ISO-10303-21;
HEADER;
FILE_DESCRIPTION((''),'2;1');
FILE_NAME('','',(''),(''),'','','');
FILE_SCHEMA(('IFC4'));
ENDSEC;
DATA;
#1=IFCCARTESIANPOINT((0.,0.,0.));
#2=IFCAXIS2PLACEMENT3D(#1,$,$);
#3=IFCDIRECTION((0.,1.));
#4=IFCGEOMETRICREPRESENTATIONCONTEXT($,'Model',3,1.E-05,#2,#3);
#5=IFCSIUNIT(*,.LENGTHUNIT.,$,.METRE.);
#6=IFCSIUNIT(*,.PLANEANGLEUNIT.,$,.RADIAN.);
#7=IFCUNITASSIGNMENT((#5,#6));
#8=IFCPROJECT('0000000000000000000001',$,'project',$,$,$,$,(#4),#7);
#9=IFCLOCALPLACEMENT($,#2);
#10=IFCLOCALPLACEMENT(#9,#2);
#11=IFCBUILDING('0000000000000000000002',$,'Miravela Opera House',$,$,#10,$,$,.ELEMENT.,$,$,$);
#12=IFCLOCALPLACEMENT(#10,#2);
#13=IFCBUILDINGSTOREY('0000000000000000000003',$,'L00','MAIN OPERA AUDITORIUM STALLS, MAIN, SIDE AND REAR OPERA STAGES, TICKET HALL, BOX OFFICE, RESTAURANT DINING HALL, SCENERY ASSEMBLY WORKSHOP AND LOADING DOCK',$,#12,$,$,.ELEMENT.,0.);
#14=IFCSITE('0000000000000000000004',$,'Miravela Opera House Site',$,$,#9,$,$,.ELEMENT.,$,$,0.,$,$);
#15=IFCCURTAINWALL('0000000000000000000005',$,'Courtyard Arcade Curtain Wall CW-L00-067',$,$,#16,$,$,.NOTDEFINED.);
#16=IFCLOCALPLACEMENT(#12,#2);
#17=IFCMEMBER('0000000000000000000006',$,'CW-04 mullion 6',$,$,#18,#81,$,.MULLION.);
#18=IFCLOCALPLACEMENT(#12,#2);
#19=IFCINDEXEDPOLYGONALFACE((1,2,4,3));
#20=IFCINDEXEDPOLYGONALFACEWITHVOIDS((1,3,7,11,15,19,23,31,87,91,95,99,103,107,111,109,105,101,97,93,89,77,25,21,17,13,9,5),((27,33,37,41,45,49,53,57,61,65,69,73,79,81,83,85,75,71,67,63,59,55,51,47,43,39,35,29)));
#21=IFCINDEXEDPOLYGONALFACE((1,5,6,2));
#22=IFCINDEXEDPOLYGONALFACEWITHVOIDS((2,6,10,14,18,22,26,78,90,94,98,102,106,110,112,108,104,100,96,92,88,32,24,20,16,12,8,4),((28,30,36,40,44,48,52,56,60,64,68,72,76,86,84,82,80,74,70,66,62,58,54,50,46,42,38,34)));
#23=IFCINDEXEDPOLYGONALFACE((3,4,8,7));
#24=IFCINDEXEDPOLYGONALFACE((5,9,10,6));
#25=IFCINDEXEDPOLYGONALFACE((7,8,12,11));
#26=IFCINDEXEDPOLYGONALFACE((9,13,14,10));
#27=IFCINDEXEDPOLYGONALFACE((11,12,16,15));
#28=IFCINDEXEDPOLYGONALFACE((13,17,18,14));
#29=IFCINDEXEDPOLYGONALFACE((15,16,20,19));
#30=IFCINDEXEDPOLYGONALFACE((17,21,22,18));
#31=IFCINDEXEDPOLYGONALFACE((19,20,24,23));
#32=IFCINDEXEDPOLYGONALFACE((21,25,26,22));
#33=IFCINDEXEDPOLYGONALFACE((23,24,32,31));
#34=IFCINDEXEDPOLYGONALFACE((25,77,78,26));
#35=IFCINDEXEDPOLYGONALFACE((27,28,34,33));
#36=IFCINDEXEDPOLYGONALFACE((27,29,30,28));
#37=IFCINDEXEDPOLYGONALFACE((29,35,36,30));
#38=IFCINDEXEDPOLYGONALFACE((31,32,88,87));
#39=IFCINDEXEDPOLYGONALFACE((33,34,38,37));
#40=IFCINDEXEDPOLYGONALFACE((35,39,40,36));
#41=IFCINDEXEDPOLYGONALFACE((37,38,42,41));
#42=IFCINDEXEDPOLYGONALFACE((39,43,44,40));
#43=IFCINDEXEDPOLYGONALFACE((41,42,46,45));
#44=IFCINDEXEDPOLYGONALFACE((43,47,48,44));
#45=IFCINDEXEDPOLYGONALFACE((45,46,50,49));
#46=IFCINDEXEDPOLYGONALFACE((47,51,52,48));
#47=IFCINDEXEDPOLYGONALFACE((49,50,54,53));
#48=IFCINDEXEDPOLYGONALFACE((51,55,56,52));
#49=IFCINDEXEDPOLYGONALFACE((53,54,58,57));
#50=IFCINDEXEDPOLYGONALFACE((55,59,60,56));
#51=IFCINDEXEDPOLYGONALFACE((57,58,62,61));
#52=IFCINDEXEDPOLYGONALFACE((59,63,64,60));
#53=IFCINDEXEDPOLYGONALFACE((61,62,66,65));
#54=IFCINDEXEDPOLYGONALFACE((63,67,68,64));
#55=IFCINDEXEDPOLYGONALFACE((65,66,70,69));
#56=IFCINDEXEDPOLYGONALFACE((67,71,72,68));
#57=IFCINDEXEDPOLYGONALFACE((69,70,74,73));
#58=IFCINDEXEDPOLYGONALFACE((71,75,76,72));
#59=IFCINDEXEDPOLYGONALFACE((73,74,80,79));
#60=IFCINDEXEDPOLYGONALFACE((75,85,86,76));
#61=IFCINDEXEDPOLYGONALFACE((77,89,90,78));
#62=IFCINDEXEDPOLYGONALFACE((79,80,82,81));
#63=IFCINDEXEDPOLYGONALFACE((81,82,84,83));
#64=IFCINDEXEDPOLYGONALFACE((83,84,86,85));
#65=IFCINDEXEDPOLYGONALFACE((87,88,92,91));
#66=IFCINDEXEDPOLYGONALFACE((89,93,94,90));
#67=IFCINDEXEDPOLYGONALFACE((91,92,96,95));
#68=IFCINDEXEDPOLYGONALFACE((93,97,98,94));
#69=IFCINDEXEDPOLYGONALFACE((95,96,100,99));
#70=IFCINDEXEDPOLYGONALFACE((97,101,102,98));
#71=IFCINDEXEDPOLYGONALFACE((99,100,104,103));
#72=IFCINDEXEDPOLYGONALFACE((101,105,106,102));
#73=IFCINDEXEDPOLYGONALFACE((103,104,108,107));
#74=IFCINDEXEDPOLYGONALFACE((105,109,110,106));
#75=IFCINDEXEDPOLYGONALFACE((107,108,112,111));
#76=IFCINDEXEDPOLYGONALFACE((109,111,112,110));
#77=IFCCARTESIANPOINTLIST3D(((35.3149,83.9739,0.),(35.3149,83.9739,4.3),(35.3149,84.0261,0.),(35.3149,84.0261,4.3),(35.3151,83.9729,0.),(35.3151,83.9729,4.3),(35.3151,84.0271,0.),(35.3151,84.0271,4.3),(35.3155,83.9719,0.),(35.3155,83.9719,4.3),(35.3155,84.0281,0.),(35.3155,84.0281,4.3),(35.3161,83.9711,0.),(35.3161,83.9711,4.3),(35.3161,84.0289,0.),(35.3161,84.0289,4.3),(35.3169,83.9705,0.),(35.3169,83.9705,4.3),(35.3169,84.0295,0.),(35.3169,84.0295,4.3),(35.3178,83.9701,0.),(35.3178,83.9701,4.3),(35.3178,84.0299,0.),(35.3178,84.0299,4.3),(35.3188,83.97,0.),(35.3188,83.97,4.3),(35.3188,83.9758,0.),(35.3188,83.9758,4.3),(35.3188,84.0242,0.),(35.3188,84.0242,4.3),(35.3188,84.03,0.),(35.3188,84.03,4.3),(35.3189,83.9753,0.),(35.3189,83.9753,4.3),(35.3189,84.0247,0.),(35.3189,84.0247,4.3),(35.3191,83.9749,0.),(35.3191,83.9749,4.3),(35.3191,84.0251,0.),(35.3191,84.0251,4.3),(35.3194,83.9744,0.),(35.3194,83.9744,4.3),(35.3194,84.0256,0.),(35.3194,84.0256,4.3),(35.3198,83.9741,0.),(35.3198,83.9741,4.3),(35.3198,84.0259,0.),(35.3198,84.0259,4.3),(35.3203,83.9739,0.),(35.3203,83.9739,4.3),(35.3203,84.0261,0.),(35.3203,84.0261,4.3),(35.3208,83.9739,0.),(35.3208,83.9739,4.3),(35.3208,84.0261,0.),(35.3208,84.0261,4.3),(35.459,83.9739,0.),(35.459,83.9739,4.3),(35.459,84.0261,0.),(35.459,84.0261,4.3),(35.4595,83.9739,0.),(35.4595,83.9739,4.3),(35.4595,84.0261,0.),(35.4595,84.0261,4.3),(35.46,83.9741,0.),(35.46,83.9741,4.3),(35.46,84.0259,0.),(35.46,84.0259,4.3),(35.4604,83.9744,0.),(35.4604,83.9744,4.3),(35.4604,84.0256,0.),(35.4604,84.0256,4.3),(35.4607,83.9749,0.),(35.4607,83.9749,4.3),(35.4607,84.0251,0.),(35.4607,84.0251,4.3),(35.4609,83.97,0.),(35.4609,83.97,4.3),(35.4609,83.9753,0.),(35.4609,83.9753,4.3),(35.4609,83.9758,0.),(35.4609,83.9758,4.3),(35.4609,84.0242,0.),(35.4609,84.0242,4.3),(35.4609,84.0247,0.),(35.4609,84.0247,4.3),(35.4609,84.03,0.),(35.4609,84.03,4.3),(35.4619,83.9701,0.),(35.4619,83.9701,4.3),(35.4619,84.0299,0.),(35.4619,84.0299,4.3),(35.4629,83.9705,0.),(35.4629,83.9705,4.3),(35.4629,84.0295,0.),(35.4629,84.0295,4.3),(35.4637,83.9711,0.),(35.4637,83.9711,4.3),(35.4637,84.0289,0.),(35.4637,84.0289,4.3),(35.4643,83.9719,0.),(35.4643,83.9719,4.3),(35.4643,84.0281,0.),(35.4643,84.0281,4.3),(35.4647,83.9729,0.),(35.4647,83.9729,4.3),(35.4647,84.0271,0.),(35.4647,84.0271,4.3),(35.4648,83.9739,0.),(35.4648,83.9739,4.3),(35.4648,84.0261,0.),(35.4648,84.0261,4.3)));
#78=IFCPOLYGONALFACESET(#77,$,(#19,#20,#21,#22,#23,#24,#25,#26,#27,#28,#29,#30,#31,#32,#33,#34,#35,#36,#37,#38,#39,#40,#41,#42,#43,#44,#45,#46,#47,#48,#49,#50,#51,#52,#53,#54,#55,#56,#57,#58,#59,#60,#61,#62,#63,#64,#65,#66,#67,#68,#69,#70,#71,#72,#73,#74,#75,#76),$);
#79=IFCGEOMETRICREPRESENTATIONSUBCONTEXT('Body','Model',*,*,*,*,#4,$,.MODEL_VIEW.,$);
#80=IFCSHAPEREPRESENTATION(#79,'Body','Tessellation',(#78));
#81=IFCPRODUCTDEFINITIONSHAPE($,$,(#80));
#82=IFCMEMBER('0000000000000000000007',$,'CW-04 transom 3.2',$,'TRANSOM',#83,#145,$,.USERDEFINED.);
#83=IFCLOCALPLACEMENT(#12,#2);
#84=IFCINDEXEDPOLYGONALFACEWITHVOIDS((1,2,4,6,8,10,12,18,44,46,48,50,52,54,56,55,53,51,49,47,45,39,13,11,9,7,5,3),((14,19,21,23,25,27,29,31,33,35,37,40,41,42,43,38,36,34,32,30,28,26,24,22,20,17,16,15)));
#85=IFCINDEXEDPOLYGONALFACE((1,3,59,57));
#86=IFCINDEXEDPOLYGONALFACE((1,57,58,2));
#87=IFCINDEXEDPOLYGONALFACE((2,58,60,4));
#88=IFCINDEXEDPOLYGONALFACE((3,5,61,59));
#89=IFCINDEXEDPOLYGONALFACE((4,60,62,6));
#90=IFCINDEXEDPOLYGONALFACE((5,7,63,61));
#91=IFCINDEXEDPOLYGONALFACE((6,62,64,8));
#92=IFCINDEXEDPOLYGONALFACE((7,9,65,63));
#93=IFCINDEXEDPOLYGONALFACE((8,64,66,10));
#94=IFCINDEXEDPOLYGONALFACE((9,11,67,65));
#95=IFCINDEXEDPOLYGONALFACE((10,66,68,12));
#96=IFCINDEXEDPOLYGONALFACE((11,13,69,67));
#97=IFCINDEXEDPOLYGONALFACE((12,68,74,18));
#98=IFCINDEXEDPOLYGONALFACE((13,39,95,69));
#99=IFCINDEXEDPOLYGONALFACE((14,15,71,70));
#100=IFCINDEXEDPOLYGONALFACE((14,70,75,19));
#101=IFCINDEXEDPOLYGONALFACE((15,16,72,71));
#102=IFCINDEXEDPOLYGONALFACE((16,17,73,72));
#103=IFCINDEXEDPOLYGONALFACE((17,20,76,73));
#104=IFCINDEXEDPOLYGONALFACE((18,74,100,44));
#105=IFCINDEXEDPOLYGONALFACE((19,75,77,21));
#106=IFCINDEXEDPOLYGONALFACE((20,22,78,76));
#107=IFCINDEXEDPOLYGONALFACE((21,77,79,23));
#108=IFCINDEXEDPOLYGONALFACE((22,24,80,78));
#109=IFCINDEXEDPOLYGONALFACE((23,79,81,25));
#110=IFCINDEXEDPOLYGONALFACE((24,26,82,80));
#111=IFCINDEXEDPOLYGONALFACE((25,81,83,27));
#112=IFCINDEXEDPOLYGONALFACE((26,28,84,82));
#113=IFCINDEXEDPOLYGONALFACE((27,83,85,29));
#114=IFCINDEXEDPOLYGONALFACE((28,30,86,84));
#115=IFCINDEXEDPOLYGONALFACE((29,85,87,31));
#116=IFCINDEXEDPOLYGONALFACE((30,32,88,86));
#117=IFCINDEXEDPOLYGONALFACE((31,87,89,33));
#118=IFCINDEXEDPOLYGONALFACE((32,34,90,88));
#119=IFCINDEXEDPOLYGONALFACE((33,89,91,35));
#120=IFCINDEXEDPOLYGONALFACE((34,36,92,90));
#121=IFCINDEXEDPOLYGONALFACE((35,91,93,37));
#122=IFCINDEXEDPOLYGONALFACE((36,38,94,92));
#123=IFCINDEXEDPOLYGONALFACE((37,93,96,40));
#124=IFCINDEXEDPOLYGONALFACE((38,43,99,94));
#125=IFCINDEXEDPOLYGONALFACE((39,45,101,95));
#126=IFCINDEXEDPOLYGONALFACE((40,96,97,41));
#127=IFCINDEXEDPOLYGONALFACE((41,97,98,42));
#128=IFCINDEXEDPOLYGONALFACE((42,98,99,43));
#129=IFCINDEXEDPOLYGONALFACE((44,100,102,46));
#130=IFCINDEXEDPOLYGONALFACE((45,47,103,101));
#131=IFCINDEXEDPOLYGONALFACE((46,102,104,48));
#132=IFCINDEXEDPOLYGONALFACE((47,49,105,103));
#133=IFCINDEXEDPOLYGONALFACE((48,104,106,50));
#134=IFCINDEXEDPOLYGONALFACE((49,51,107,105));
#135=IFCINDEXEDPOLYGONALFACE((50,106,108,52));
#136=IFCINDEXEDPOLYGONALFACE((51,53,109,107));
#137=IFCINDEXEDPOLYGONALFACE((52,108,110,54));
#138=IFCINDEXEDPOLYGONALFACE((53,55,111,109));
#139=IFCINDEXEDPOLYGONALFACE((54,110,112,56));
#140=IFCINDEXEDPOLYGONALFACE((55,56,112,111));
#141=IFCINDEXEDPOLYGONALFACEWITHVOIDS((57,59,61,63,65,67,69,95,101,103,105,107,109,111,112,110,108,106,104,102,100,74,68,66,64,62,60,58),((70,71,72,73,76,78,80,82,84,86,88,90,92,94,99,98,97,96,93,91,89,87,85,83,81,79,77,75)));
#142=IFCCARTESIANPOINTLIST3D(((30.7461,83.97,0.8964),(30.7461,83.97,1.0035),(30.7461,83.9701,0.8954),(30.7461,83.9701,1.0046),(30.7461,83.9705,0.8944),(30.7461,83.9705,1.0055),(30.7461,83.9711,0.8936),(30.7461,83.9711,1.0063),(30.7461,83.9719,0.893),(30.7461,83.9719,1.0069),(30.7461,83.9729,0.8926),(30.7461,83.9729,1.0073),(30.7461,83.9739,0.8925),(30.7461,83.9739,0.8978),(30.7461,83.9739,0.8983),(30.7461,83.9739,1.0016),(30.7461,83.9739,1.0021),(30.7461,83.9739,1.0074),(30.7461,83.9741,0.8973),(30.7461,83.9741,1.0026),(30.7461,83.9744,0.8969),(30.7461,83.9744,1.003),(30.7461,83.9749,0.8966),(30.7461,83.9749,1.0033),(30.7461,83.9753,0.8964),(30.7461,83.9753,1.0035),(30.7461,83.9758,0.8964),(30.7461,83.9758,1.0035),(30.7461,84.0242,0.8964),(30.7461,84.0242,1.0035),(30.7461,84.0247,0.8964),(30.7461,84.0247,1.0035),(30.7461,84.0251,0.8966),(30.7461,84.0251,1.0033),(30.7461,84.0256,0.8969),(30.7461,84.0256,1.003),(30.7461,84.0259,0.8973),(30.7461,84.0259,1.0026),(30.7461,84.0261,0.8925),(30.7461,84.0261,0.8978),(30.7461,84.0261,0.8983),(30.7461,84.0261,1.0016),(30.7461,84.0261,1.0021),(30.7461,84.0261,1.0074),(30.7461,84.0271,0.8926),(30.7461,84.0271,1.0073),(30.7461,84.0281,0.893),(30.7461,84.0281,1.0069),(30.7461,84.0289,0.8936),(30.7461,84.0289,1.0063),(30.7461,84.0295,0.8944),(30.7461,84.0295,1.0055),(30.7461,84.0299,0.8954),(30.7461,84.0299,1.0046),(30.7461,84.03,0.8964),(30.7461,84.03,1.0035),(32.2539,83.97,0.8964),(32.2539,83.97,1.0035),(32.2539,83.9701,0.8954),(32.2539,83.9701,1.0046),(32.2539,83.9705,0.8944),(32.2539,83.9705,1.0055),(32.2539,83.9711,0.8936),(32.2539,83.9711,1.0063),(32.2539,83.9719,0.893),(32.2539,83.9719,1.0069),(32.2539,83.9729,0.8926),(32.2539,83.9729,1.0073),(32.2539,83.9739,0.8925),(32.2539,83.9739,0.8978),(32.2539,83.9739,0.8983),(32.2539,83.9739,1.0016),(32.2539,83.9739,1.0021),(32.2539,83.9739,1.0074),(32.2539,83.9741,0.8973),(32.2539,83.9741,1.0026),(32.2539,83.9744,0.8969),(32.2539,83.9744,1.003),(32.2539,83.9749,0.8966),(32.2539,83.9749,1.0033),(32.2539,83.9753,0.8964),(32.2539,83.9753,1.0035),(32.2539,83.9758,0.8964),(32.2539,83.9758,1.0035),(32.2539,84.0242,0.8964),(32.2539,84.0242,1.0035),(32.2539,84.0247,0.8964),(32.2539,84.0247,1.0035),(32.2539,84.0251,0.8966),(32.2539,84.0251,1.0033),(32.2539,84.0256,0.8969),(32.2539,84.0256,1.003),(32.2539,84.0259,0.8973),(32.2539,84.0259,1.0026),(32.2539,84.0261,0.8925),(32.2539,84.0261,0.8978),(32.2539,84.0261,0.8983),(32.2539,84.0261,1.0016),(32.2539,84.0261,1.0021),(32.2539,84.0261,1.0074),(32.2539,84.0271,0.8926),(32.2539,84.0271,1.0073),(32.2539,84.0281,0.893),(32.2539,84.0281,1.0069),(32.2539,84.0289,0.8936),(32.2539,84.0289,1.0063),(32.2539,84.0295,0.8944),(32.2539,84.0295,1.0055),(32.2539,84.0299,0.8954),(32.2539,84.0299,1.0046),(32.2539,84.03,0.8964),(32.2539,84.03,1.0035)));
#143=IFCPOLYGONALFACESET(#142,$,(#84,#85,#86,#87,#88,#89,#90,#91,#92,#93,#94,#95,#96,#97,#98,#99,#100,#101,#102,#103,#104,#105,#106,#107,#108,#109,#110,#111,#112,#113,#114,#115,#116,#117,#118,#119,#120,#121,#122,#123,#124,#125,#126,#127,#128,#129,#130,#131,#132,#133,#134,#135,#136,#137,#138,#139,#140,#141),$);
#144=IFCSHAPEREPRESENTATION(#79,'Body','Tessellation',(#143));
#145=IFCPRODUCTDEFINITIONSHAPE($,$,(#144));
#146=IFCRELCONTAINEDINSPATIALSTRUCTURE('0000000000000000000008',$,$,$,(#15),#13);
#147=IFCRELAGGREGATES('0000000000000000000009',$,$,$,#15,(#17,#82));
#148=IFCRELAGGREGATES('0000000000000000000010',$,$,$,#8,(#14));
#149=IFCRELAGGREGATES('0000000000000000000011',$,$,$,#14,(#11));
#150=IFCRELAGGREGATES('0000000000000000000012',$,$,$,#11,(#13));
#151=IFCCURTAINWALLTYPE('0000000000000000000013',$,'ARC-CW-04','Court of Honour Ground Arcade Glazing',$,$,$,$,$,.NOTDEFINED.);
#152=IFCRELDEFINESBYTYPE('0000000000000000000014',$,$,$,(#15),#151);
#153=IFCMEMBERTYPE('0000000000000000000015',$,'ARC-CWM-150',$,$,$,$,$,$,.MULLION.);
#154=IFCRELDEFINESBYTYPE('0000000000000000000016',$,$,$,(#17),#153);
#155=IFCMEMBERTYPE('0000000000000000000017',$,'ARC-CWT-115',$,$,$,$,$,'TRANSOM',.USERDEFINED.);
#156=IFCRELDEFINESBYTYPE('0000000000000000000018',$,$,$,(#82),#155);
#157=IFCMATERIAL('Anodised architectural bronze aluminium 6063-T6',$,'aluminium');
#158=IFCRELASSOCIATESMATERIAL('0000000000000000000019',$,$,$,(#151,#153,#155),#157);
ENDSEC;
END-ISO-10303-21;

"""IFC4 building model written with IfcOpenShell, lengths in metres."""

from ifc_helpers import new_model, si_unit, direction, frame, origin, origin_2d, place, context, subcontext, project, spatial, hollow_rectangle, extrude, material, material_profile, profile_set, type_object, element, aggregate, save


model = new_model("IFC4")

# Units and contexts
model_context = context("Model", 3, precision=1e-05, world=origin(), true_north=direction((0.0, 1.0)))
body_context = subcontext(model_context, "Body", "Model", "MODEL_VIEW")
ifc_project = project(units=[si_unit("LENGTHUNIT", "METRE"), si_unit("PLANEANGLEUNIT", "RADIAN")], contexts=[model_context])

# Site, building, storey
site_placement = place(None, origin())
site = spatial("IfcSite", under=ifc_project, at=site_placement, Name="Miravela Opera House Site", CompositionType="ELEMENT", RefElevation=0.0)
building_placement = place(site_placement, origin())
building = spatial("IfcBuilding", under=site, at=building_placement, Name="Miravela Opera House", CompositionType="ELEMENT")
storey_placement = place(building_placement, origin())
storey = spatial("IfcBuildingStorey", under=building, at=storey_placement, Name="L00", Description="MAIN OPERA AUDITORIUM STALLS, MAIN, SIDE AND REAR OPERA STAGES, TICKET HALL, BOX OFFICE, RESTAURANT DINING HALL, SCENERY ASSEMBLY WORKSHOP AND LOADING DOCK", CompositionType="ELEMENT", Elevation=0.0)

# Curtain wall, members
ifc_material_1 = material(Name="Anodised architectural bronze aluminium 6063-T6", Category="aluminium")
curtain_wall_type = type_object("IfcCurtainWallType", Name="ARC-CW-04", Description="Court of Honour Ground Arcade Glazing", PredefinedType="NOTDEFINED", material=ifc_material_1)
curtain_wall_placement = place(storey_placement, origin())
curtain_wall = element("IfcCurtainWall", 1, at=curtain_wall_placement, inside=storey, type_object=curtain_wall_type, Name="Courtyard Arcade Curtain Wall CW-L00-067", PredefinedType="NOTDEFINED")
ifc_material_profile_1 = material_profile(ifc_material_1, hollow_rectangle(XDim=0.0601, YDim=0.1499, WallThickness=0.0039, InnerFilletRadius=0.002, OuterFilletRadius=0.0039, at=origin_2d()), Name="CWM-60X150")
ifc_profile_set_1 = profile_set([ifc_material_profile_1])
member_type_1 = type_object("IfcMemberType", Name="ARC-CWM-150", PredefinedType="MULLION", material=ifc_profile_set_1)
member_1_placement = place(storey_placement, frame((35.3899, 84.0, 0.0), z_axis=(0.0, 0.0, 1.0), x_axis=(0.0, 1.0, 0.0)))
member_1 = element("IfcMember", 2, at=member_1_placement, type_object=member_type_1, Name="CW-04 mullion 6", PredefinedType="MULLION", context=body_context, shape_type="SweptSolid", body=[
    extrude(hollow_rectangle(XDim=0.0601, YDim=0.1499, WallThickness=0.0039, InnerFilletRadius=0.002, OuterFilletRadius=0.0039, at=origin_2d()), origin(), (0.0, 0.0, 1.0), 4.3),
])
ifc_material_profile_2 = material_profile(ifc_material_1, hollow_rectangle(XDim=0.0601, YDim=0.115, WallThickness=0.0039, InnerFilletRadius=0.002, OuterFilletRadius=0.0039, at=origin_2d()), Name="CWT-60X115")
ifc_profile_set_2 = profile_set([ifc_material_profile_2])
member_type_2 = type_object("IfcMemberType", Name="ARC-CWT-115", ElementType="TRANSOM", PredefinedType="USERDEFINED", material=ifc_profile_set_2)
member_2_placement = place(storey_placement, frame((30.7461, 84.0, 0.95), z_axis=(1.0, 0.0, 0.0), x_axis=(0.0, 1.0, 0.0)))
member_2 = element("IfcMember", 3, at=member_2_placement, type_object=member_type_2, Name="CW-04 transom 3.2", ObjectType="TRANSOM", PredefinedType="USERDEFINED", context=body_context, shape_type="SweptSolid", body=[
    extrude(hollow_rectangle(XDim=0.0601, YDim=0.115, WallThickness=0.0039, InnerFilletRadius=0.002, OuterFilletRadius=0.0039, at=origin_2d()), origin(), (0.0, 0.0, 1.0), 1.5078),
])
aggregate(curtain_wall, [member_1, member_2])

save(model, "model.ifc")
